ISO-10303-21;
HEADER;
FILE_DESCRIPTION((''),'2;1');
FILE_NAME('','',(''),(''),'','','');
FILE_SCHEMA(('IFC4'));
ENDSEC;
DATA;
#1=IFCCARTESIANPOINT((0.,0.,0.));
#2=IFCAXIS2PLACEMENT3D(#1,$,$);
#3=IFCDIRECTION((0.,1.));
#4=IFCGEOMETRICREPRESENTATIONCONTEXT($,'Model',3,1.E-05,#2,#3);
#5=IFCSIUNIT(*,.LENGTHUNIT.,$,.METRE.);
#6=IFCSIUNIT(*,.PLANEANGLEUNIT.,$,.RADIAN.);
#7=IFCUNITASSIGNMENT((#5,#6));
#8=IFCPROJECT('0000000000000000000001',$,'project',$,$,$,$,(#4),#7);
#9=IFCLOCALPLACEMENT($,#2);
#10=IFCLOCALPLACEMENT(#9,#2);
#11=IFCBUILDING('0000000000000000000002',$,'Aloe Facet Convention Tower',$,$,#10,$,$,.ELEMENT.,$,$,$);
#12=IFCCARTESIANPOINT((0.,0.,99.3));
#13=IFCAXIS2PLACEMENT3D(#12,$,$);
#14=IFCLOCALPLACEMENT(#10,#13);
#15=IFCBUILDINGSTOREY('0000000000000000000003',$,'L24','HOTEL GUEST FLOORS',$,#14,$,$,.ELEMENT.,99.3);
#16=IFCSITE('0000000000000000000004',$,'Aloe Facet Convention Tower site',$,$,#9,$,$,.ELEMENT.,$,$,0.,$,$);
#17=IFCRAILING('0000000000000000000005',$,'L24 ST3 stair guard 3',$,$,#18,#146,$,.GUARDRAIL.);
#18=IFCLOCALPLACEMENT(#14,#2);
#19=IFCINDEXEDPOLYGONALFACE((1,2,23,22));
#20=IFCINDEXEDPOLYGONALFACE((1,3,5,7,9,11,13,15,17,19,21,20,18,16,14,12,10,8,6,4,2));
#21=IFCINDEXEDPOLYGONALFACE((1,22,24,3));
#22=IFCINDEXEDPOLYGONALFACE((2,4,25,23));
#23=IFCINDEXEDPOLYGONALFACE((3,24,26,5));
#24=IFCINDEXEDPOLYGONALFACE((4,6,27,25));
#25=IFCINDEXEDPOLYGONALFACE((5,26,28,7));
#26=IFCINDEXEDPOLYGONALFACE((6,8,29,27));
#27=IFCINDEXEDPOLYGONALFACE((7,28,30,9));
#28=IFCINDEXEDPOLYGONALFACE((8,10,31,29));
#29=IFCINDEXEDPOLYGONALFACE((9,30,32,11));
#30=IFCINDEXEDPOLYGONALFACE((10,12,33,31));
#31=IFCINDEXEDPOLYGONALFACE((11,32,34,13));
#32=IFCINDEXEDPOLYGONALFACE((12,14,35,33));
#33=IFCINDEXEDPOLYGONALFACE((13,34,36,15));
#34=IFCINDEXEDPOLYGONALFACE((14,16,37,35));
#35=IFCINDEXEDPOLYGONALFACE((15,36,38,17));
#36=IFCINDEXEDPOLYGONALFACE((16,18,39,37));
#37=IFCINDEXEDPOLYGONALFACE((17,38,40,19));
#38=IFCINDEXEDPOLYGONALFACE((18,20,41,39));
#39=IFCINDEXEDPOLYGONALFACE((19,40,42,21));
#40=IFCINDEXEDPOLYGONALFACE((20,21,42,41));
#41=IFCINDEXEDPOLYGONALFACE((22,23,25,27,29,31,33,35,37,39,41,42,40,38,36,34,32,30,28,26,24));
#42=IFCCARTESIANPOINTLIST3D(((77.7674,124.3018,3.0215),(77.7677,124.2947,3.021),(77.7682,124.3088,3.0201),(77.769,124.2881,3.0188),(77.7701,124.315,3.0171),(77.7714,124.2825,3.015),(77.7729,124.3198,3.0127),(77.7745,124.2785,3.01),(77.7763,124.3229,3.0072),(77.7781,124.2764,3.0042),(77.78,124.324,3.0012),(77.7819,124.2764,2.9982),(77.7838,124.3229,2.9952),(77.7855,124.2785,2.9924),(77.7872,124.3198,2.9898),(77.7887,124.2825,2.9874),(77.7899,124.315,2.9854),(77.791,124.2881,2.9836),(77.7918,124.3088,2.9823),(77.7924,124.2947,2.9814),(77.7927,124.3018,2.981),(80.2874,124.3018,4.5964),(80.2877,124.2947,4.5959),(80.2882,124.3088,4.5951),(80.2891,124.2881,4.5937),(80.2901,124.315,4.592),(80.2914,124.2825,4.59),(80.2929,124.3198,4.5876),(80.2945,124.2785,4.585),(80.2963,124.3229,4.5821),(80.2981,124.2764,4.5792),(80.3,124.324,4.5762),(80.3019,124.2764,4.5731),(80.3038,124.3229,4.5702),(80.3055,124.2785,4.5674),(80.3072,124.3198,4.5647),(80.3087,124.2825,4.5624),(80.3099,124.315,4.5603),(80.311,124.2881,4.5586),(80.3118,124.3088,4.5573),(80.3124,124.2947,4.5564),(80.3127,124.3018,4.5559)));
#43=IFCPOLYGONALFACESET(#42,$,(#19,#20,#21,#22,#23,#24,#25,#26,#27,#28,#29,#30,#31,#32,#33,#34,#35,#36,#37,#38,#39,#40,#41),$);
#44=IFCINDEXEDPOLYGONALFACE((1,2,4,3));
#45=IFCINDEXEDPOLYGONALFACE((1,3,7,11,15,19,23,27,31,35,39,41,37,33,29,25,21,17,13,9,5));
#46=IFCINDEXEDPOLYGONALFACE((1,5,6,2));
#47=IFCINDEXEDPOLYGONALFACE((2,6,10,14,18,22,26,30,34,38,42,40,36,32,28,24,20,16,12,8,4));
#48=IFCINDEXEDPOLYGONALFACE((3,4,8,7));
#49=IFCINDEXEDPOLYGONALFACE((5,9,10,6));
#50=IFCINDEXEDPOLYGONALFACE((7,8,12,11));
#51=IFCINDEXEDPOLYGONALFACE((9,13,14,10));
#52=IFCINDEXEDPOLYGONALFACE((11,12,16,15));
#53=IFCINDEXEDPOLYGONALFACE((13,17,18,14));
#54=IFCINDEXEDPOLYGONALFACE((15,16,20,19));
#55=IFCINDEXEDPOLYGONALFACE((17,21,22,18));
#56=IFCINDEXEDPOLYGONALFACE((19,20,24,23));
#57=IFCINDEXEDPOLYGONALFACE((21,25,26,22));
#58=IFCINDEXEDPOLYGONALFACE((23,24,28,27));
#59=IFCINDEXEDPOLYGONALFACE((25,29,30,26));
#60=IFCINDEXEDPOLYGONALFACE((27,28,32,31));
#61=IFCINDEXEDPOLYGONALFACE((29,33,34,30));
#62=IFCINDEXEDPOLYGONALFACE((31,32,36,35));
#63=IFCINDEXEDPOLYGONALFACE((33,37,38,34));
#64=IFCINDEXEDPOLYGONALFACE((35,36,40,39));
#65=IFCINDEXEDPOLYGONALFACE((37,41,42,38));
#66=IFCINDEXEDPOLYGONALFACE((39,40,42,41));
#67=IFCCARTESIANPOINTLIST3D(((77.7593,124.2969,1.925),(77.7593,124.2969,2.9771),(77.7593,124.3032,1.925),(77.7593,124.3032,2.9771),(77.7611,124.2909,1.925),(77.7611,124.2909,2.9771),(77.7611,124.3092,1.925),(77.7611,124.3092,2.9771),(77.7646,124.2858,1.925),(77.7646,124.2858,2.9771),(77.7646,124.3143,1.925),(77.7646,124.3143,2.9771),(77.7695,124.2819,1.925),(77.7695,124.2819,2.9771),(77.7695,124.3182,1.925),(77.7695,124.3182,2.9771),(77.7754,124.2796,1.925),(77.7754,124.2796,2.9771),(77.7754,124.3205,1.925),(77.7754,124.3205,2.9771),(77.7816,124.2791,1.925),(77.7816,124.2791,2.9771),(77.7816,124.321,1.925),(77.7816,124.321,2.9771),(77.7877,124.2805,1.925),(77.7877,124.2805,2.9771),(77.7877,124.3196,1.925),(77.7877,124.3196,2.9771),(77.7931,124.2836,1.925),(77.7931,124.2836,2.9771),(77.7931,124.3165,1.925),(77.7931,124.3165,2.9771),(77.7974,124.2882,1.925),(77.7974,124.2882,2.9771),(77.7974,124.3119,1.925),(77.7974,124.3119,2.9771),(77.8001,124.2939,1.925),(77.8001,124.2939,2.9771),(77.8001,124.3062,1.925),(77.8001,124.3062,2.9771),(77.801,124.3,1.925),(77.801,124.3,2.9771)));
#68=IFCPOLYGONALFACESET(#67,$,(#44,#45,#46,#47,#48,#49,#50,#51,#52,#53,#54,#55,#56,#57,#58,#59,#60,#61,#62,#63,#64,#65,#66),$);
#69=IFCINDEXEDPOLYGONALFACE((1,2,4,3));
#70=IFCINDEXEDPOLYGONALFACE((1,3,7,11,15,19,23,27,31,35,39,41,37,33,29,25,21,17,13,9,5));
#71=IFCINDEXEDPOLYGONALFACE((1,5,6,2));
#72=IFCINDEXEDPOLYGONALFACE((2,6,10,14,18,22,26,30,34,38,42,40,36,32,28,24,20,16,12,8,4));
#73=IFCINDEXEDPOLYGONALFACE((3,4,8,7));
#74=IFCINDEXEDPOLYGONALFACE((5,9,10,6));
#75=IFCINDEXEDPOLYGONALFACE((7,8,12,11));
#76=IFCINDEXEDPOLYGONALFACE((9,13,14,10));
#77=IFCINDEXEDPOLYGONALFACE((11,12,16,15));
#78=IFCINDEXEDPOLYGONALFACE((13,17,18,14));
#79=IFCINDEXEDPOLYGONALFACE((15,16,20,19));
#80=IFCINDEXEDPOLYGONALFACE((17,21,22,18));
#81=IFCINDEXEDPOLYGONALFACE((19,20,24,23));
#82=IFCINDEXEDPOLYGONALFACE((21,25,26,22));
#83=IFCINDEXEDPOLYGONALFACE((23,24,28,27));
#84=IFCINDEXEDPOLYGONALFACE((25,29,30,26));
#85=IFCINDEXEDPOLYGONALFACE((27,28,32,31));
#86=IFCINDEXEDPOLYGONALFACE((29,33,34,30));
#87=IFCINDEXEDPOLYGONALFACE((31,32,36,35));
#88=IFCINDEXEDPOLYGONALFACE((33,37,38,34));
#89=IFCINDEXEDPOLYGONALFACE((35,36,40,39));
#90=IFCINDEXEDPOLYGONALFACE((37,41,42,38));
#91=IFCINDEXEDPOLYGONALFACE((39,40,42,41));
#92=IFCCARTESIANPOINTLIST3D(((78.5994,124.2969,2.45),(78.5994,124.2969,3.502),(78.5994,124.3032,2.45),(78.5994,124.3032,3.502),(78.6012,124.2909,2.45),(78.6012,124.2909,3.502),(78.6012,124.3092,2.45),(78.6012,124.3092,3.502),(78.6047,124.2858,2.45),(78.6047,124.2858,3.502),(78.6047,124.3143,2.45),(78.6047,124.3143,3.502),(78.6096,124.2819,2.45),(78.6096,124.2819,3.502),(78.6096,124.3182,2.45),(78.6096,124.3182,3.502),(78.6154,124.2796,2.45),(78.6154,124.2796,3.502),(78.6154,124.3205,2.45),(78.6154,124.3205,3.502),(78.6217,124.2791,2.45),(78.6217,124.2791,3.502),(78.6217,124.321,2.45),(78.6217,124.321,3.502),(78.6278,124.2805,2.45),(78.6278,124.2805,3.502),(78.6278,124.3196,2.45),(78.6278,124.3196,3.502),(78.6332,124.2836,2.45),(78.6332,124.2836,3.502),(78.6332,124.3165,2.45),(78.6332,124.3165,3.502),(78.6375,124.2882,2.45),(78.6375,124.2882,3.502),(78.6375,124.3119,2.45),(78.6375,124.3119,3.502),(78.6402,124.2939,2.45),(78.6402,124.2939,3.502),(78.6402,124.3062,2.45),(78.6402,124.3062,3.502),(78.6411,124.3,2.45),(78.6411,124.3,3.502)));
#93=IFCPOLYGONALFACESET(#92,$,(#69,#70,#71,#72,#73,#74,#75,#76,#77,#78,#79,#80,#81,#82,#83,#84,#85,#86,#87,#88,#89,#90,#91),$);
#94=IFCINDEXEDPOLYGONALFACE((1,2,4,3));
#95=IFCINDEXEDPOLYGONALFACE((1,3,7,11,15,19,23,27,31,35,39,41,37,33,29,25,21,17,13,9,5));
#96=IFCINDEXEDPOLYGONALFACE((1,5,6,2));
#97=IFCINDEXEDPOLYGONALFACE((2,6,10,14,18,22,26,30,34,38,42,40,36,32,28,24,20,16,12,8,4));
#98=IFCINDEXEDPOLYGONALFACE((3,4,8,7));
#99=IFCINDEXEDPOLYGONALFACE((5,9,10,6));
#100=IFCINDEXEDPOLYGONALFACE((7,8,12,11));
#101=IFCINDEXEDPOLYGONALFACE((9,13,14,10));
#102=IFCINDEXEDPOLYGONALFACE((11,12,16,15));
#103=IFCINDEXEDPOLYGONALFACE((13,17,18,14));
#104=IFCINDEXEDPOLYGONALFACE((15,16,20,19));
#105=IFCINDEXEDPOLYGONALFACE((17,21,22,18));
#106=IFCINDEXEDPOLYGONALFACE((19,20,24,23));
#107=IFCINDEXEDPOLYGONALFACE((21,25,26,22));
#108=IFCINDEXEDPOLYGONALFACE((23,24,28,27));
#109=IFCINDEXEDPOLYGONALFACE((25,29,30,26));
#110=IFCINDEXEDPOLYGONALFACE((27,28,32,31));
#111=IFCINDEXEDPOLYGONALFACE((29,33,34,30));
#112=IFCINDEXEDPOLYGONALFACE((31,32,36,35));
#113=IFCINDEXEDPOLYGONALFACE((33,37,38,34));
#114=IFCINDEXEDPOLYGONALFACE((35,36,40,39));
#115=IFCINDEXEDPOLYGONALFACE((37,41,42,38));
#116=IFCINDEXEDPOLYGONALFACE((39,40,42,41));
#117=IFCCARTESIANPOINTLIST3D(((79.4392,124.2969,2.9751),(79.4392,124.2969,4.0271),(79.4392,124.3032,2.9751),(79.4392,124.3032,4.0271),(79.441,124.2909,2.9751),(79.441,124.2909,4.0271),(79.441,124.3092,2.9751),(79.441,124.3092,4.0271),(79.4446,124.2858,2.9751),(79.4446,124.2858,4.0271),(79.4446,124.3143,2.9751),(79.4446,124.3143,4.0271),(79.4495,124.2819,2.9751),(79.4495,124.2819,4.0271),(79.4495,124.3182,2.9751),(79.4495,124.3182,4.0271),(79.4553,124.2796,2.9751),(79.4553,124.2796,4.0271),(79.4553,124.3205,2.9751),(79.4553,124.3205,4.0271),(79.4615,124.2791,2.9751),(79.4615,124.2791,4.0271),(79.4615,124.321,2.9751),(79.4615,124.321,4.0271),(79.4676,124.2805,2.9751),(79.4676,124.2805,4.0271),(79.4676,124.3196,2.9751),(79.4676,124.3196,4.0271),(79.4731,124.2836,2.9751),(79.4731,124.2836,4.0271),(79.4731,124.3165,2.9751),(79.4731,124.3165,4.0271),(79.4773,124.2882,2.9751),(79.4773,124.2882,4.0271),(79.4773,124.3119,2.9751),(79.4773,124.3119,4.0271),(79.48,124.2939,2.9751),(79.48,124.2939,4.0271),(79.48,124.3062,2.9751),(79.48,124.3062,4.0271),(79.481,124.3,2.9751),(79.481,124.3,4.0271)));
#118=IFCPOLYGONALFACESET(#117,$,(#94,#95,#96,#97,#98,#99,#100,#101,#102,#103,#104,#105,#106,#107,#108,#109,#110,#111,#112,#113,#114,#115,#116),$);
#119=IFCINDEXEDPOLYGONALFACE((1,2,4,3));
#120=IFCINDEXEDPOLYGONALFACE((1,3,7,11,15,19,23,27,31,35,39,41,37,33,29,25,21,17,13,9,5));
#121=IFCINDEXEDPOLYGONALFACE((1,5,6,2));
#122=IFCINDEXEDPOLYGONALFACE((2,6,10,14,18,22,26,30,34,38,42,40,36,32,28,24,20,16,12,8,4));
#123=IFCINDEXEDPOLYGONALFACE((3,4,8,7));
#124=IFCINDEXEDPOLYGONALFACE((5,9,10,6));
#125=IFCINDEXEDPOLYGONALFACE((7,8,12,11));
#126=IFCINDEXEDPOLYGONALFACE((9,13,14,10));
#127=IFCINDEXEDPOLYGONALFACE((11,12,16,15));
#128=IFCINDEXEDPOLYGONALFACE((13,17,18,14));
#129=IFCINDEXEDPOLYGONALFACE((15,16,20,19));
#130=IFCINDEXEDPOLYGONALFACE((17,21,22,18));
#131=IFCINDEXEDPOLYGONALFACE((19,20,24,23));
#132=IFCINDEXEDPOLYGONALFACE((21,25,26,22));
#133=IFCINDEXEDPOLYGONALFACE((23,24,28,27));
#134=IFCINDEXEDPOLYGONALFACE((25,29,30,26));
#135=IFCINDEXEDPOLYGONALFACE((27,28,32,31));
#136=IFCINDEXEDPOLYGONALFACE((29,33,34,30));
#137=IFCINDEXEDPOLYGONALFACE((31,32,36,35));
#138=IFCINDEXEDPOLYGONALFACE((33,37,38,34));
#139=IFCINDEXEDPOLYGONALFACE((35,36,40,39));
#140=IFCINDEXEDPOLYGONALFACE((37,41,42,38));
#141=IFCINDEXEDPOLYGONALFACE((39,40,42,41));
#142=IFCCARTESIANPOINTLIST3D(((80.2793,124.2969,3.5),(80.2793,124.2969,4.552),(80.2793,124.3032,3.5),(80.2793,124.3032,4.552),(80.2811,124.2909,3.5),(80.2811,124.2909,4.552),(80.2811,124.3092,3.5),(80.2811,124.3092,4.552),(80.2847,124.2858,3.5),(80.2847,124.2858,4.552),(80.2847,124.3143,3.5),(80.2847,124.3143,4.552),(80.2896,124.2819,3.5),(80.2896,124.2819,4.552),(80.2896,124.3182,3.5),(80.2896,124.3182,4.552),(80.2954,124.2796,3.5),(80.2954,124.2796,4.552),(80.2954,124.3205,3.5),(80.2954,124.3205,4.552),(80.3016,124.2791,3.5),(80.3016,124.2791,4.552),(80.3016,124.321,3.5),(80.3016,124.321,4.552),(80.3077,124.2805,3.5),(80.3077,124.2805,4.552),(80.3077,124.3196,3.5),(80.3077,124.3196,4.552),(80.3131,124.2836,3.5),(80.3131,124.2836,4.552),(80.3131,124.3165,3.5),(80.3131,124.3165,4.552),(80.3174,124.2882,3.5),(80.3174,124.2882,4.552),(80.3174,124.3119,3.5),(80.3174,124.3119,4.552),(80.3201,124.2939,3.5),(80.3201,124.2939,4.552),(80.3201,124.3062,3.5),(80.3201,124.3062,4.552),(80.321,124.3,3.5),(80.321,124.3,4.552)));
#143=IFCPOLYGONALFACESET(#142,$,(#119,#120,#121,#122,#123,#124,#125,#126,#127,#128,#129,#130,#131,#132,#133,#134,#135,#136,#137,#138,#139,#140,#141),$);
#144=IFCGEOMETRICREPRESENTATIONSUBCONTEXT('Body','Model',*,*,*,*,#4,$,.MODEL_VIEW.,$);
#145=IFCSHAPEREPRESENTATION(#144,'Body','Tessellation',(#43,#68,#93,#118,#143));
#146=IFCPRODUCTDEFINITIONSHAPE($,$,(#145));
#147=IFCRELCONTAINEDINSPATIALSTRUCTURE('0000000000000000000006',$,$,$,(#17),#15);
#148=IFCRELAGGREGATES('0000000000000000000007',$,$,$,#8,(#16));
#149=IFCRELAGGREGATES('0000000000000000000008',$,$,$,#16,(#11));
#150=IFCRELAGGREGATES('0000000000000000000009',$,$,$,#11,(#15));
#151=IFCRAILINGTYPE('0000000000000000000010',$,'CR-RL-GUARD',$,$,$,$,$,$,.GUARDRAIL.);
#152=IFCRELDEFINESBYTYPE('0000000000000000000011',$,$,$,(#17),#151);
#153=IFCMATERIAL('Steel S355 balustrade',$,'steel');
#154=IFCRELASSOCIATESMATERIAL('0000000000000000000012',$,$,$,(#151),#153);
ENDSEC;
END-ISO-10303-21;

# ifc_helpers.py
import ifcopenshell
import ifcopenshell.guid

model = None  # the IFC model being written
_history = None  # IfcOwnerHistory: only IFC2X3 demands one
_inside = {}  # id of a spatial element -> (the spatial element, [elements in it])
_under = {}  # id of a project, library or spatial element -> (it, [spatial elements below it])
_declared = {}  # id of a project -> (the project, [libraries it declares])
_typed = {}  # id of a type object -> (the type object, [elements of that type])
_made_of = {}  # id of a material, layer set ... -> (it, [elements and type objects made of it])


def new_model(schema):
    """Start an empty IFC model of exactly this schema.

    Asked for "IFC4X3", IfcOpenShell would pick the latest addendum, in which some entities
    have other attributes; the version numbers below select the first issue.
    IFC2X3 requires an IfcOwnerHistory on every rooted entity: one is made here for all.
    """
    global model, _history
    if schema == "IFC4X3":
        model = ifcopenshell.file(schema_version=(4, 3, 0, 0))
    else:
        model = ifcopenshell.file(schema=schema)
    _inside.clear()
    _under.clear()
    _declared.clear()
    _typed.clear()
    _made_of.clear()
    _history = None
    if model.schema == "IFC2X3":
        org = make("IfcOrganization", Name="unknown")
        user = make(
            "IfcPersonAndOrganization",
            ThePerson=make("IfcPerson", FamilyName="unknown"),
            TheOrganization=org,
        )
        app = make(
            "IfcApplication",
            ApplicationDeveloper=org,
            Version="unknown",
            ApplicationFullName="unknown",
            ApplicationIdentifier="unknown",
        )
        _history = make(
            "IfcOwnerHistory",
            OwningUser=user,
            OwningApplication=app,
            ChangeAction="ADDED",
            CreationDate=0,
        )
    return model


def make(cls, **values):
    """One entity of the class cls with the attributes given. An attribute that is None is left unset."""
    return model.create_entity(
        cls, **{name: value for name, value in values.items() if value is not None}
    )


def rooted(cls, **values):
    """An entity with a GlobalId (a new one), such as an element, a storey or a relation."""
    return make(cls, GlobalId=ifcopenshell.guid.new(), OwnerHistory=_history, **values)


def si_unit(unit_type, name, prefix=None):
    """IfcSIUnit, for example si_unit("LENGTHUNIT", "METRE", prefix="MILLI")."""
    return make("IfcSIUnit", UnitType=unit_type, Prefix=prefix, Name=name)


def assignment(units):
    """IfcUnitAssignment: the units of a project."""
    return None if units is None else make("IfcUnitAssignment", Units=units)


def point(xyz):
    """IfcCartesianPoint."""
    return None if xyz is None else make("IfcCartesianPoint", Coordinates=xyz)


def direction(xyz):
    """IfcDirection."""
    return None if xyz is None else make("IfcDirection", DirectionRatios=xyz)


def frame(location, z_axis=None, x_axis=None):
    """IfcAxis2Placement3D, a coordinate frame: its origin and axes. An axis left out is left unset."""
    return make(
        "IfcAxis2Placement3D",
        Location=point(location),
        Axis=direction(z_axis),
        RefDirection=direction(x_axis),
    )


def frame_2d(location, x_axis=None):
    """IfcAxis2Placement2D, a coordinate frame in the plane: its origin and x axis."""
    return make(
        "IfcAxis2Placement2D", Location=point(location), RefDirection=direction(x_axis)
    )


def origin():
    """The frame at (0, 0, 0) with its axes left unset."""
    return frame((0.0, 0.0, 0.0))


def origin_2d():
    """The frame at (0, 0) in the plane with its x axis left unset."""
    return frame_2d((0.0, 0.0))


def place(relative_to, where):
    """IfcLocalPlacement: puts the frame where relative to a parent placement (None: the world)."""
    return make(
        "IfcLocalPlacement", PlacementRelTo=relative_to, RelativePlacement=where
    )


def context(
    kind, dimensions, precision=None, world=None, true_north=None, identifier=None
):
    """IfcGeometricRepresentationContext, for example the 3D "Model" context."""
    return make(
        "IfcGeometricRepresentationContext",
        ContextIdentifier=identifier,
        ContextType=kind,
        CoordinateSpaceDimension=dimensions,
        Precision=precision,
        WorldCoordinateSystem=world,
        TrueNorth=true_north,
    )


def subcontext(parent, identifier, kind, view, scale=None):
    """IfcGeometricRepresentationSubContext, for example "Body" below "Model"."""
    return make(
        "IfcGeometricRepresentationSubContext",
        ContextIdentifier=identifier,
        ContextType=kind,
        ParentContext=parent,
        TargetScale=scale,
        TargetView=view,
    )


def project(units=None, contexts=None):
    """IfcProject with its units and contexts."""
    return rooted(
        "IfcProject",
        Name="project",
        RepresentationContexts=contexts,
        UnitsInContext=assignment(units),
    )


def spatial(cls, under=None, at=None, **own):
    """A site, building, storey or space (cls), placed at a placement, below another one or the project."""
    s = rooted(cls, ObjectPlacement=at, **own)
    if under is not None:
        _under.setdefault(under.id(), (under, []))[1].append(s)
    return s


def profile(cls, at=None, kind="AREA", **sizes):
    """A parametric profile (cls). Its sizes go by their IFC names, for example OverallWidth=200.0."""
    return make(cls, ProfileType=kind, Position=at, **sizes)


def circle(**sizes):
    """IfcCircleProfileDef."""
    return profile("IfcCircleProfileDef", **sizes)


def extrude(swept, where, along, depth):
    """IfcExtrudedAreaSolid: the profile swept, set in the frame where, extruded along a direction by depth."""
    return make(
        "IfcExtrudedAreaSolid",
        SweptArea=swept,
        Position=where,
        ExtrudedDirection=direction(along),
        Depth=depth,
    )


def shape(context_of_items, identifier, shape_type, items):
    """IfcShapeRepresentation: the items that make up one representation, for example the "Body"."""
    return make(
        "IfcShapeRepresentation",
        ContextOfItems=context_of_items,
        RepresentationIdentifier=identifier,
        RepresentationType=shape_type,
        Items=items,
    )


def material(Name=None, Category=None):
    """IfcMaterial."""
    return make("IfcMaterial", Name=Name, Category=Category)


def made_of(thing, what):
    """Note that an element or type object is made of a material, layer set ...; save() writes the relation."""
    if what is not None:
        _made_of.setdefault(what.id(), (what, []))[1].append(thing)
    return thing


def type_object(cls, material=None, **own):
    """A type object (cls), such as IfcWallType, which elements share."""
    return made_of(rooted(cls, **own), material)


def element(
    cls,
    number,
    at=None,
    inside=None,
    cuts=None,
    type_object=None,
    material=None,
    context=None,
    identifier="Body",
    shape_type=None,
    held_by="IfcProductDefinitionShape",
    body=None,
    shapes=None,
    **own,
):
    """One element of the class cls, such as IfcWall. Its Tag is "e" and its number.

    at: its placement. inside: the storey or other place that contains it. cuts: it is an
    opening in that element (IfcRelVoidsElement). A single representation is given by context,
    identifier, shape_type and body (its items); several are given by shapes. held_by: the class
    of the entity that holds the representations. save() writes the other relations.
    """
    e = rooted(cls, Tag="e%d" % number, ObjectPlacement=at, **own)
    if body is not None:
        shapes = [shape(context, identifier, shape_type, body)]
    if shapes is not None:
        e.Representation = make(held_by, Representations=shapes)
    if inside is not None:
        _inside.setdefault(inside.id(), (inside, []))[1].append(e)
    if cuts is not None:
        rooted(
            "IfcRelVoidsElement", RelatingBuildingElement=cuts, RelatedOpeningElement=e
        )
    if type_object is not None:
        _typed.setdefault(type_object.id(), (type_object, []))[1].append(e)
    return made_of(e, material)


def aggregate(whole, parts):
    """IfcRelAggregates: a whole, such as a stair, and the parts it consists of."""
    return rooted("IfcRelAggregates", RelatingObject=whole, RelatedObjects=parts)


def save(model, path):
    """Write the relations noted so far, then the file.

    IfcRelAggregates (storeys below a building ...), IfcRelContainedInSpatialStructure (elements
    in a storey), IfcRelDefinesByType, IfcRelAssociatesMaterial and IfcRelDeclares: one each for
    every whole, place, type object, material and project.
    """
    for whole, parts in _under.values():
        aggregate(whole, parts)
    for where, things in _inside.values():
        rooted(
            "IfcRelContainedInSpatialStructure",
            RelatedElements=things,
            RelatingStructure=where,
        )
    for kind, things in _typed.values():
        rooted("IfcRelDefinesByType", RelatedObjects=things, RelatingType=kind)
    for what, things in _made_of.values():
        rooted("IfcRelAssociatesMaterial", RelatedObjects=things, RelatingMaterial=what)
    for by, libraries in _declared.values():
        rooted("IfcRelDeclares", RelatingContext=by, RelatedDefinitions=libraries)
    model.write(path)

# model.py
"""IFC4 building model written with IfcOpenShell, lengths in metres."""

from ifc_helpers import new_model, si_unit, direction, frame, origin, origin_2d, place, context, subcontext, project, spatial, circle, extrude, material, type_object, element, save


model = new_model("IFC4")

# Units and contexts
model_context = context("Model", 3, precision=1e-05, world=origin(), true_north=direction((0.0, 1.0)))
body_context = subcontext(model_context, "Body", "Model", "MODEL_VIEW")
ifc_project = project(units=[si_unit("LENGTHUNIT", "METRE"), si_unit("PLANEANGLEUNIT", "RADIAN")], contexts=[model_context])

# Site, building, storey
site_placement = place(None, origin())
site = spatial("IfcSite", under=ifc_project, at=site_placement, Name="Aloe Facet Convention Tower site", CompositionType="ELEMENT", RefElevation=0.0)
building_placement = place(site_placement, origin())
building = spatial("IfcBuilding", under=site, at=building_placement, Name="Aloe Facet Convention Tower", CompositionType="ELEMENT")
storey_placement = place(building_placement, frame((0.0, 0.0, 99.3)))
storey = spatial("IfcBuildingStorey", under=building, at=storey_placement, Name="L24", Description="HOTEL GUEST FLOORS", CompositionType="ELEMENT", Elevation=99.3)

# Railing
ifc_material_1 = material(Name="Steel S355 balustrade", Category="steel")
railing_type_1 = type_object("IfcRailingType", Name="CR-RL-GUARD", PredefinedType="GUARDRAIL", material=ifc_material_1)
railing_1_placement = place(storey_placement, frame((77.78, 124.3, 1.925)))
element("IfcRailing", 1, at=railing_1_placement, inside=storey, type_object=railing_type_1, Name="L24 ST3 stair guard 3", PredefinedType="GUARDRAIL", context=body_context, shape_type="SweptSolid", body=[
    extrude(circle(Radius=0.0239, at=origin_2d()), frame((0.0, 0.0, 1.0762), z_axis=(0.848008, 0.0, 0.529984), x_axis=(0.0, 1.0, 0.0)), (0.0, 0.0, 1.0), 2.9717),
    extrude(circle(Radius=0.021, at=origin_2d()), origin(), (0.0, 0.0, 1.0), 1.052),
    extrude(circle(Radius=0.021, at=origin_2d()), frame((0.8401, 0.0, 0.5249)), (0.0, 0.0, 1.0), 1.052),
    extrude(circle(Radius=0.021, at=origin_2d()), frame((1.6799, 0.0, 1.05)), (0.0, 0.0, 1.0), 1.052),
    extrude(circle(Radius=0.021, at=origin_2d()), frame((2.52, 0.0, 1.575)), (0.0, 0.0, 1.0), 1.052),
])

save(model, "model.ifc")
